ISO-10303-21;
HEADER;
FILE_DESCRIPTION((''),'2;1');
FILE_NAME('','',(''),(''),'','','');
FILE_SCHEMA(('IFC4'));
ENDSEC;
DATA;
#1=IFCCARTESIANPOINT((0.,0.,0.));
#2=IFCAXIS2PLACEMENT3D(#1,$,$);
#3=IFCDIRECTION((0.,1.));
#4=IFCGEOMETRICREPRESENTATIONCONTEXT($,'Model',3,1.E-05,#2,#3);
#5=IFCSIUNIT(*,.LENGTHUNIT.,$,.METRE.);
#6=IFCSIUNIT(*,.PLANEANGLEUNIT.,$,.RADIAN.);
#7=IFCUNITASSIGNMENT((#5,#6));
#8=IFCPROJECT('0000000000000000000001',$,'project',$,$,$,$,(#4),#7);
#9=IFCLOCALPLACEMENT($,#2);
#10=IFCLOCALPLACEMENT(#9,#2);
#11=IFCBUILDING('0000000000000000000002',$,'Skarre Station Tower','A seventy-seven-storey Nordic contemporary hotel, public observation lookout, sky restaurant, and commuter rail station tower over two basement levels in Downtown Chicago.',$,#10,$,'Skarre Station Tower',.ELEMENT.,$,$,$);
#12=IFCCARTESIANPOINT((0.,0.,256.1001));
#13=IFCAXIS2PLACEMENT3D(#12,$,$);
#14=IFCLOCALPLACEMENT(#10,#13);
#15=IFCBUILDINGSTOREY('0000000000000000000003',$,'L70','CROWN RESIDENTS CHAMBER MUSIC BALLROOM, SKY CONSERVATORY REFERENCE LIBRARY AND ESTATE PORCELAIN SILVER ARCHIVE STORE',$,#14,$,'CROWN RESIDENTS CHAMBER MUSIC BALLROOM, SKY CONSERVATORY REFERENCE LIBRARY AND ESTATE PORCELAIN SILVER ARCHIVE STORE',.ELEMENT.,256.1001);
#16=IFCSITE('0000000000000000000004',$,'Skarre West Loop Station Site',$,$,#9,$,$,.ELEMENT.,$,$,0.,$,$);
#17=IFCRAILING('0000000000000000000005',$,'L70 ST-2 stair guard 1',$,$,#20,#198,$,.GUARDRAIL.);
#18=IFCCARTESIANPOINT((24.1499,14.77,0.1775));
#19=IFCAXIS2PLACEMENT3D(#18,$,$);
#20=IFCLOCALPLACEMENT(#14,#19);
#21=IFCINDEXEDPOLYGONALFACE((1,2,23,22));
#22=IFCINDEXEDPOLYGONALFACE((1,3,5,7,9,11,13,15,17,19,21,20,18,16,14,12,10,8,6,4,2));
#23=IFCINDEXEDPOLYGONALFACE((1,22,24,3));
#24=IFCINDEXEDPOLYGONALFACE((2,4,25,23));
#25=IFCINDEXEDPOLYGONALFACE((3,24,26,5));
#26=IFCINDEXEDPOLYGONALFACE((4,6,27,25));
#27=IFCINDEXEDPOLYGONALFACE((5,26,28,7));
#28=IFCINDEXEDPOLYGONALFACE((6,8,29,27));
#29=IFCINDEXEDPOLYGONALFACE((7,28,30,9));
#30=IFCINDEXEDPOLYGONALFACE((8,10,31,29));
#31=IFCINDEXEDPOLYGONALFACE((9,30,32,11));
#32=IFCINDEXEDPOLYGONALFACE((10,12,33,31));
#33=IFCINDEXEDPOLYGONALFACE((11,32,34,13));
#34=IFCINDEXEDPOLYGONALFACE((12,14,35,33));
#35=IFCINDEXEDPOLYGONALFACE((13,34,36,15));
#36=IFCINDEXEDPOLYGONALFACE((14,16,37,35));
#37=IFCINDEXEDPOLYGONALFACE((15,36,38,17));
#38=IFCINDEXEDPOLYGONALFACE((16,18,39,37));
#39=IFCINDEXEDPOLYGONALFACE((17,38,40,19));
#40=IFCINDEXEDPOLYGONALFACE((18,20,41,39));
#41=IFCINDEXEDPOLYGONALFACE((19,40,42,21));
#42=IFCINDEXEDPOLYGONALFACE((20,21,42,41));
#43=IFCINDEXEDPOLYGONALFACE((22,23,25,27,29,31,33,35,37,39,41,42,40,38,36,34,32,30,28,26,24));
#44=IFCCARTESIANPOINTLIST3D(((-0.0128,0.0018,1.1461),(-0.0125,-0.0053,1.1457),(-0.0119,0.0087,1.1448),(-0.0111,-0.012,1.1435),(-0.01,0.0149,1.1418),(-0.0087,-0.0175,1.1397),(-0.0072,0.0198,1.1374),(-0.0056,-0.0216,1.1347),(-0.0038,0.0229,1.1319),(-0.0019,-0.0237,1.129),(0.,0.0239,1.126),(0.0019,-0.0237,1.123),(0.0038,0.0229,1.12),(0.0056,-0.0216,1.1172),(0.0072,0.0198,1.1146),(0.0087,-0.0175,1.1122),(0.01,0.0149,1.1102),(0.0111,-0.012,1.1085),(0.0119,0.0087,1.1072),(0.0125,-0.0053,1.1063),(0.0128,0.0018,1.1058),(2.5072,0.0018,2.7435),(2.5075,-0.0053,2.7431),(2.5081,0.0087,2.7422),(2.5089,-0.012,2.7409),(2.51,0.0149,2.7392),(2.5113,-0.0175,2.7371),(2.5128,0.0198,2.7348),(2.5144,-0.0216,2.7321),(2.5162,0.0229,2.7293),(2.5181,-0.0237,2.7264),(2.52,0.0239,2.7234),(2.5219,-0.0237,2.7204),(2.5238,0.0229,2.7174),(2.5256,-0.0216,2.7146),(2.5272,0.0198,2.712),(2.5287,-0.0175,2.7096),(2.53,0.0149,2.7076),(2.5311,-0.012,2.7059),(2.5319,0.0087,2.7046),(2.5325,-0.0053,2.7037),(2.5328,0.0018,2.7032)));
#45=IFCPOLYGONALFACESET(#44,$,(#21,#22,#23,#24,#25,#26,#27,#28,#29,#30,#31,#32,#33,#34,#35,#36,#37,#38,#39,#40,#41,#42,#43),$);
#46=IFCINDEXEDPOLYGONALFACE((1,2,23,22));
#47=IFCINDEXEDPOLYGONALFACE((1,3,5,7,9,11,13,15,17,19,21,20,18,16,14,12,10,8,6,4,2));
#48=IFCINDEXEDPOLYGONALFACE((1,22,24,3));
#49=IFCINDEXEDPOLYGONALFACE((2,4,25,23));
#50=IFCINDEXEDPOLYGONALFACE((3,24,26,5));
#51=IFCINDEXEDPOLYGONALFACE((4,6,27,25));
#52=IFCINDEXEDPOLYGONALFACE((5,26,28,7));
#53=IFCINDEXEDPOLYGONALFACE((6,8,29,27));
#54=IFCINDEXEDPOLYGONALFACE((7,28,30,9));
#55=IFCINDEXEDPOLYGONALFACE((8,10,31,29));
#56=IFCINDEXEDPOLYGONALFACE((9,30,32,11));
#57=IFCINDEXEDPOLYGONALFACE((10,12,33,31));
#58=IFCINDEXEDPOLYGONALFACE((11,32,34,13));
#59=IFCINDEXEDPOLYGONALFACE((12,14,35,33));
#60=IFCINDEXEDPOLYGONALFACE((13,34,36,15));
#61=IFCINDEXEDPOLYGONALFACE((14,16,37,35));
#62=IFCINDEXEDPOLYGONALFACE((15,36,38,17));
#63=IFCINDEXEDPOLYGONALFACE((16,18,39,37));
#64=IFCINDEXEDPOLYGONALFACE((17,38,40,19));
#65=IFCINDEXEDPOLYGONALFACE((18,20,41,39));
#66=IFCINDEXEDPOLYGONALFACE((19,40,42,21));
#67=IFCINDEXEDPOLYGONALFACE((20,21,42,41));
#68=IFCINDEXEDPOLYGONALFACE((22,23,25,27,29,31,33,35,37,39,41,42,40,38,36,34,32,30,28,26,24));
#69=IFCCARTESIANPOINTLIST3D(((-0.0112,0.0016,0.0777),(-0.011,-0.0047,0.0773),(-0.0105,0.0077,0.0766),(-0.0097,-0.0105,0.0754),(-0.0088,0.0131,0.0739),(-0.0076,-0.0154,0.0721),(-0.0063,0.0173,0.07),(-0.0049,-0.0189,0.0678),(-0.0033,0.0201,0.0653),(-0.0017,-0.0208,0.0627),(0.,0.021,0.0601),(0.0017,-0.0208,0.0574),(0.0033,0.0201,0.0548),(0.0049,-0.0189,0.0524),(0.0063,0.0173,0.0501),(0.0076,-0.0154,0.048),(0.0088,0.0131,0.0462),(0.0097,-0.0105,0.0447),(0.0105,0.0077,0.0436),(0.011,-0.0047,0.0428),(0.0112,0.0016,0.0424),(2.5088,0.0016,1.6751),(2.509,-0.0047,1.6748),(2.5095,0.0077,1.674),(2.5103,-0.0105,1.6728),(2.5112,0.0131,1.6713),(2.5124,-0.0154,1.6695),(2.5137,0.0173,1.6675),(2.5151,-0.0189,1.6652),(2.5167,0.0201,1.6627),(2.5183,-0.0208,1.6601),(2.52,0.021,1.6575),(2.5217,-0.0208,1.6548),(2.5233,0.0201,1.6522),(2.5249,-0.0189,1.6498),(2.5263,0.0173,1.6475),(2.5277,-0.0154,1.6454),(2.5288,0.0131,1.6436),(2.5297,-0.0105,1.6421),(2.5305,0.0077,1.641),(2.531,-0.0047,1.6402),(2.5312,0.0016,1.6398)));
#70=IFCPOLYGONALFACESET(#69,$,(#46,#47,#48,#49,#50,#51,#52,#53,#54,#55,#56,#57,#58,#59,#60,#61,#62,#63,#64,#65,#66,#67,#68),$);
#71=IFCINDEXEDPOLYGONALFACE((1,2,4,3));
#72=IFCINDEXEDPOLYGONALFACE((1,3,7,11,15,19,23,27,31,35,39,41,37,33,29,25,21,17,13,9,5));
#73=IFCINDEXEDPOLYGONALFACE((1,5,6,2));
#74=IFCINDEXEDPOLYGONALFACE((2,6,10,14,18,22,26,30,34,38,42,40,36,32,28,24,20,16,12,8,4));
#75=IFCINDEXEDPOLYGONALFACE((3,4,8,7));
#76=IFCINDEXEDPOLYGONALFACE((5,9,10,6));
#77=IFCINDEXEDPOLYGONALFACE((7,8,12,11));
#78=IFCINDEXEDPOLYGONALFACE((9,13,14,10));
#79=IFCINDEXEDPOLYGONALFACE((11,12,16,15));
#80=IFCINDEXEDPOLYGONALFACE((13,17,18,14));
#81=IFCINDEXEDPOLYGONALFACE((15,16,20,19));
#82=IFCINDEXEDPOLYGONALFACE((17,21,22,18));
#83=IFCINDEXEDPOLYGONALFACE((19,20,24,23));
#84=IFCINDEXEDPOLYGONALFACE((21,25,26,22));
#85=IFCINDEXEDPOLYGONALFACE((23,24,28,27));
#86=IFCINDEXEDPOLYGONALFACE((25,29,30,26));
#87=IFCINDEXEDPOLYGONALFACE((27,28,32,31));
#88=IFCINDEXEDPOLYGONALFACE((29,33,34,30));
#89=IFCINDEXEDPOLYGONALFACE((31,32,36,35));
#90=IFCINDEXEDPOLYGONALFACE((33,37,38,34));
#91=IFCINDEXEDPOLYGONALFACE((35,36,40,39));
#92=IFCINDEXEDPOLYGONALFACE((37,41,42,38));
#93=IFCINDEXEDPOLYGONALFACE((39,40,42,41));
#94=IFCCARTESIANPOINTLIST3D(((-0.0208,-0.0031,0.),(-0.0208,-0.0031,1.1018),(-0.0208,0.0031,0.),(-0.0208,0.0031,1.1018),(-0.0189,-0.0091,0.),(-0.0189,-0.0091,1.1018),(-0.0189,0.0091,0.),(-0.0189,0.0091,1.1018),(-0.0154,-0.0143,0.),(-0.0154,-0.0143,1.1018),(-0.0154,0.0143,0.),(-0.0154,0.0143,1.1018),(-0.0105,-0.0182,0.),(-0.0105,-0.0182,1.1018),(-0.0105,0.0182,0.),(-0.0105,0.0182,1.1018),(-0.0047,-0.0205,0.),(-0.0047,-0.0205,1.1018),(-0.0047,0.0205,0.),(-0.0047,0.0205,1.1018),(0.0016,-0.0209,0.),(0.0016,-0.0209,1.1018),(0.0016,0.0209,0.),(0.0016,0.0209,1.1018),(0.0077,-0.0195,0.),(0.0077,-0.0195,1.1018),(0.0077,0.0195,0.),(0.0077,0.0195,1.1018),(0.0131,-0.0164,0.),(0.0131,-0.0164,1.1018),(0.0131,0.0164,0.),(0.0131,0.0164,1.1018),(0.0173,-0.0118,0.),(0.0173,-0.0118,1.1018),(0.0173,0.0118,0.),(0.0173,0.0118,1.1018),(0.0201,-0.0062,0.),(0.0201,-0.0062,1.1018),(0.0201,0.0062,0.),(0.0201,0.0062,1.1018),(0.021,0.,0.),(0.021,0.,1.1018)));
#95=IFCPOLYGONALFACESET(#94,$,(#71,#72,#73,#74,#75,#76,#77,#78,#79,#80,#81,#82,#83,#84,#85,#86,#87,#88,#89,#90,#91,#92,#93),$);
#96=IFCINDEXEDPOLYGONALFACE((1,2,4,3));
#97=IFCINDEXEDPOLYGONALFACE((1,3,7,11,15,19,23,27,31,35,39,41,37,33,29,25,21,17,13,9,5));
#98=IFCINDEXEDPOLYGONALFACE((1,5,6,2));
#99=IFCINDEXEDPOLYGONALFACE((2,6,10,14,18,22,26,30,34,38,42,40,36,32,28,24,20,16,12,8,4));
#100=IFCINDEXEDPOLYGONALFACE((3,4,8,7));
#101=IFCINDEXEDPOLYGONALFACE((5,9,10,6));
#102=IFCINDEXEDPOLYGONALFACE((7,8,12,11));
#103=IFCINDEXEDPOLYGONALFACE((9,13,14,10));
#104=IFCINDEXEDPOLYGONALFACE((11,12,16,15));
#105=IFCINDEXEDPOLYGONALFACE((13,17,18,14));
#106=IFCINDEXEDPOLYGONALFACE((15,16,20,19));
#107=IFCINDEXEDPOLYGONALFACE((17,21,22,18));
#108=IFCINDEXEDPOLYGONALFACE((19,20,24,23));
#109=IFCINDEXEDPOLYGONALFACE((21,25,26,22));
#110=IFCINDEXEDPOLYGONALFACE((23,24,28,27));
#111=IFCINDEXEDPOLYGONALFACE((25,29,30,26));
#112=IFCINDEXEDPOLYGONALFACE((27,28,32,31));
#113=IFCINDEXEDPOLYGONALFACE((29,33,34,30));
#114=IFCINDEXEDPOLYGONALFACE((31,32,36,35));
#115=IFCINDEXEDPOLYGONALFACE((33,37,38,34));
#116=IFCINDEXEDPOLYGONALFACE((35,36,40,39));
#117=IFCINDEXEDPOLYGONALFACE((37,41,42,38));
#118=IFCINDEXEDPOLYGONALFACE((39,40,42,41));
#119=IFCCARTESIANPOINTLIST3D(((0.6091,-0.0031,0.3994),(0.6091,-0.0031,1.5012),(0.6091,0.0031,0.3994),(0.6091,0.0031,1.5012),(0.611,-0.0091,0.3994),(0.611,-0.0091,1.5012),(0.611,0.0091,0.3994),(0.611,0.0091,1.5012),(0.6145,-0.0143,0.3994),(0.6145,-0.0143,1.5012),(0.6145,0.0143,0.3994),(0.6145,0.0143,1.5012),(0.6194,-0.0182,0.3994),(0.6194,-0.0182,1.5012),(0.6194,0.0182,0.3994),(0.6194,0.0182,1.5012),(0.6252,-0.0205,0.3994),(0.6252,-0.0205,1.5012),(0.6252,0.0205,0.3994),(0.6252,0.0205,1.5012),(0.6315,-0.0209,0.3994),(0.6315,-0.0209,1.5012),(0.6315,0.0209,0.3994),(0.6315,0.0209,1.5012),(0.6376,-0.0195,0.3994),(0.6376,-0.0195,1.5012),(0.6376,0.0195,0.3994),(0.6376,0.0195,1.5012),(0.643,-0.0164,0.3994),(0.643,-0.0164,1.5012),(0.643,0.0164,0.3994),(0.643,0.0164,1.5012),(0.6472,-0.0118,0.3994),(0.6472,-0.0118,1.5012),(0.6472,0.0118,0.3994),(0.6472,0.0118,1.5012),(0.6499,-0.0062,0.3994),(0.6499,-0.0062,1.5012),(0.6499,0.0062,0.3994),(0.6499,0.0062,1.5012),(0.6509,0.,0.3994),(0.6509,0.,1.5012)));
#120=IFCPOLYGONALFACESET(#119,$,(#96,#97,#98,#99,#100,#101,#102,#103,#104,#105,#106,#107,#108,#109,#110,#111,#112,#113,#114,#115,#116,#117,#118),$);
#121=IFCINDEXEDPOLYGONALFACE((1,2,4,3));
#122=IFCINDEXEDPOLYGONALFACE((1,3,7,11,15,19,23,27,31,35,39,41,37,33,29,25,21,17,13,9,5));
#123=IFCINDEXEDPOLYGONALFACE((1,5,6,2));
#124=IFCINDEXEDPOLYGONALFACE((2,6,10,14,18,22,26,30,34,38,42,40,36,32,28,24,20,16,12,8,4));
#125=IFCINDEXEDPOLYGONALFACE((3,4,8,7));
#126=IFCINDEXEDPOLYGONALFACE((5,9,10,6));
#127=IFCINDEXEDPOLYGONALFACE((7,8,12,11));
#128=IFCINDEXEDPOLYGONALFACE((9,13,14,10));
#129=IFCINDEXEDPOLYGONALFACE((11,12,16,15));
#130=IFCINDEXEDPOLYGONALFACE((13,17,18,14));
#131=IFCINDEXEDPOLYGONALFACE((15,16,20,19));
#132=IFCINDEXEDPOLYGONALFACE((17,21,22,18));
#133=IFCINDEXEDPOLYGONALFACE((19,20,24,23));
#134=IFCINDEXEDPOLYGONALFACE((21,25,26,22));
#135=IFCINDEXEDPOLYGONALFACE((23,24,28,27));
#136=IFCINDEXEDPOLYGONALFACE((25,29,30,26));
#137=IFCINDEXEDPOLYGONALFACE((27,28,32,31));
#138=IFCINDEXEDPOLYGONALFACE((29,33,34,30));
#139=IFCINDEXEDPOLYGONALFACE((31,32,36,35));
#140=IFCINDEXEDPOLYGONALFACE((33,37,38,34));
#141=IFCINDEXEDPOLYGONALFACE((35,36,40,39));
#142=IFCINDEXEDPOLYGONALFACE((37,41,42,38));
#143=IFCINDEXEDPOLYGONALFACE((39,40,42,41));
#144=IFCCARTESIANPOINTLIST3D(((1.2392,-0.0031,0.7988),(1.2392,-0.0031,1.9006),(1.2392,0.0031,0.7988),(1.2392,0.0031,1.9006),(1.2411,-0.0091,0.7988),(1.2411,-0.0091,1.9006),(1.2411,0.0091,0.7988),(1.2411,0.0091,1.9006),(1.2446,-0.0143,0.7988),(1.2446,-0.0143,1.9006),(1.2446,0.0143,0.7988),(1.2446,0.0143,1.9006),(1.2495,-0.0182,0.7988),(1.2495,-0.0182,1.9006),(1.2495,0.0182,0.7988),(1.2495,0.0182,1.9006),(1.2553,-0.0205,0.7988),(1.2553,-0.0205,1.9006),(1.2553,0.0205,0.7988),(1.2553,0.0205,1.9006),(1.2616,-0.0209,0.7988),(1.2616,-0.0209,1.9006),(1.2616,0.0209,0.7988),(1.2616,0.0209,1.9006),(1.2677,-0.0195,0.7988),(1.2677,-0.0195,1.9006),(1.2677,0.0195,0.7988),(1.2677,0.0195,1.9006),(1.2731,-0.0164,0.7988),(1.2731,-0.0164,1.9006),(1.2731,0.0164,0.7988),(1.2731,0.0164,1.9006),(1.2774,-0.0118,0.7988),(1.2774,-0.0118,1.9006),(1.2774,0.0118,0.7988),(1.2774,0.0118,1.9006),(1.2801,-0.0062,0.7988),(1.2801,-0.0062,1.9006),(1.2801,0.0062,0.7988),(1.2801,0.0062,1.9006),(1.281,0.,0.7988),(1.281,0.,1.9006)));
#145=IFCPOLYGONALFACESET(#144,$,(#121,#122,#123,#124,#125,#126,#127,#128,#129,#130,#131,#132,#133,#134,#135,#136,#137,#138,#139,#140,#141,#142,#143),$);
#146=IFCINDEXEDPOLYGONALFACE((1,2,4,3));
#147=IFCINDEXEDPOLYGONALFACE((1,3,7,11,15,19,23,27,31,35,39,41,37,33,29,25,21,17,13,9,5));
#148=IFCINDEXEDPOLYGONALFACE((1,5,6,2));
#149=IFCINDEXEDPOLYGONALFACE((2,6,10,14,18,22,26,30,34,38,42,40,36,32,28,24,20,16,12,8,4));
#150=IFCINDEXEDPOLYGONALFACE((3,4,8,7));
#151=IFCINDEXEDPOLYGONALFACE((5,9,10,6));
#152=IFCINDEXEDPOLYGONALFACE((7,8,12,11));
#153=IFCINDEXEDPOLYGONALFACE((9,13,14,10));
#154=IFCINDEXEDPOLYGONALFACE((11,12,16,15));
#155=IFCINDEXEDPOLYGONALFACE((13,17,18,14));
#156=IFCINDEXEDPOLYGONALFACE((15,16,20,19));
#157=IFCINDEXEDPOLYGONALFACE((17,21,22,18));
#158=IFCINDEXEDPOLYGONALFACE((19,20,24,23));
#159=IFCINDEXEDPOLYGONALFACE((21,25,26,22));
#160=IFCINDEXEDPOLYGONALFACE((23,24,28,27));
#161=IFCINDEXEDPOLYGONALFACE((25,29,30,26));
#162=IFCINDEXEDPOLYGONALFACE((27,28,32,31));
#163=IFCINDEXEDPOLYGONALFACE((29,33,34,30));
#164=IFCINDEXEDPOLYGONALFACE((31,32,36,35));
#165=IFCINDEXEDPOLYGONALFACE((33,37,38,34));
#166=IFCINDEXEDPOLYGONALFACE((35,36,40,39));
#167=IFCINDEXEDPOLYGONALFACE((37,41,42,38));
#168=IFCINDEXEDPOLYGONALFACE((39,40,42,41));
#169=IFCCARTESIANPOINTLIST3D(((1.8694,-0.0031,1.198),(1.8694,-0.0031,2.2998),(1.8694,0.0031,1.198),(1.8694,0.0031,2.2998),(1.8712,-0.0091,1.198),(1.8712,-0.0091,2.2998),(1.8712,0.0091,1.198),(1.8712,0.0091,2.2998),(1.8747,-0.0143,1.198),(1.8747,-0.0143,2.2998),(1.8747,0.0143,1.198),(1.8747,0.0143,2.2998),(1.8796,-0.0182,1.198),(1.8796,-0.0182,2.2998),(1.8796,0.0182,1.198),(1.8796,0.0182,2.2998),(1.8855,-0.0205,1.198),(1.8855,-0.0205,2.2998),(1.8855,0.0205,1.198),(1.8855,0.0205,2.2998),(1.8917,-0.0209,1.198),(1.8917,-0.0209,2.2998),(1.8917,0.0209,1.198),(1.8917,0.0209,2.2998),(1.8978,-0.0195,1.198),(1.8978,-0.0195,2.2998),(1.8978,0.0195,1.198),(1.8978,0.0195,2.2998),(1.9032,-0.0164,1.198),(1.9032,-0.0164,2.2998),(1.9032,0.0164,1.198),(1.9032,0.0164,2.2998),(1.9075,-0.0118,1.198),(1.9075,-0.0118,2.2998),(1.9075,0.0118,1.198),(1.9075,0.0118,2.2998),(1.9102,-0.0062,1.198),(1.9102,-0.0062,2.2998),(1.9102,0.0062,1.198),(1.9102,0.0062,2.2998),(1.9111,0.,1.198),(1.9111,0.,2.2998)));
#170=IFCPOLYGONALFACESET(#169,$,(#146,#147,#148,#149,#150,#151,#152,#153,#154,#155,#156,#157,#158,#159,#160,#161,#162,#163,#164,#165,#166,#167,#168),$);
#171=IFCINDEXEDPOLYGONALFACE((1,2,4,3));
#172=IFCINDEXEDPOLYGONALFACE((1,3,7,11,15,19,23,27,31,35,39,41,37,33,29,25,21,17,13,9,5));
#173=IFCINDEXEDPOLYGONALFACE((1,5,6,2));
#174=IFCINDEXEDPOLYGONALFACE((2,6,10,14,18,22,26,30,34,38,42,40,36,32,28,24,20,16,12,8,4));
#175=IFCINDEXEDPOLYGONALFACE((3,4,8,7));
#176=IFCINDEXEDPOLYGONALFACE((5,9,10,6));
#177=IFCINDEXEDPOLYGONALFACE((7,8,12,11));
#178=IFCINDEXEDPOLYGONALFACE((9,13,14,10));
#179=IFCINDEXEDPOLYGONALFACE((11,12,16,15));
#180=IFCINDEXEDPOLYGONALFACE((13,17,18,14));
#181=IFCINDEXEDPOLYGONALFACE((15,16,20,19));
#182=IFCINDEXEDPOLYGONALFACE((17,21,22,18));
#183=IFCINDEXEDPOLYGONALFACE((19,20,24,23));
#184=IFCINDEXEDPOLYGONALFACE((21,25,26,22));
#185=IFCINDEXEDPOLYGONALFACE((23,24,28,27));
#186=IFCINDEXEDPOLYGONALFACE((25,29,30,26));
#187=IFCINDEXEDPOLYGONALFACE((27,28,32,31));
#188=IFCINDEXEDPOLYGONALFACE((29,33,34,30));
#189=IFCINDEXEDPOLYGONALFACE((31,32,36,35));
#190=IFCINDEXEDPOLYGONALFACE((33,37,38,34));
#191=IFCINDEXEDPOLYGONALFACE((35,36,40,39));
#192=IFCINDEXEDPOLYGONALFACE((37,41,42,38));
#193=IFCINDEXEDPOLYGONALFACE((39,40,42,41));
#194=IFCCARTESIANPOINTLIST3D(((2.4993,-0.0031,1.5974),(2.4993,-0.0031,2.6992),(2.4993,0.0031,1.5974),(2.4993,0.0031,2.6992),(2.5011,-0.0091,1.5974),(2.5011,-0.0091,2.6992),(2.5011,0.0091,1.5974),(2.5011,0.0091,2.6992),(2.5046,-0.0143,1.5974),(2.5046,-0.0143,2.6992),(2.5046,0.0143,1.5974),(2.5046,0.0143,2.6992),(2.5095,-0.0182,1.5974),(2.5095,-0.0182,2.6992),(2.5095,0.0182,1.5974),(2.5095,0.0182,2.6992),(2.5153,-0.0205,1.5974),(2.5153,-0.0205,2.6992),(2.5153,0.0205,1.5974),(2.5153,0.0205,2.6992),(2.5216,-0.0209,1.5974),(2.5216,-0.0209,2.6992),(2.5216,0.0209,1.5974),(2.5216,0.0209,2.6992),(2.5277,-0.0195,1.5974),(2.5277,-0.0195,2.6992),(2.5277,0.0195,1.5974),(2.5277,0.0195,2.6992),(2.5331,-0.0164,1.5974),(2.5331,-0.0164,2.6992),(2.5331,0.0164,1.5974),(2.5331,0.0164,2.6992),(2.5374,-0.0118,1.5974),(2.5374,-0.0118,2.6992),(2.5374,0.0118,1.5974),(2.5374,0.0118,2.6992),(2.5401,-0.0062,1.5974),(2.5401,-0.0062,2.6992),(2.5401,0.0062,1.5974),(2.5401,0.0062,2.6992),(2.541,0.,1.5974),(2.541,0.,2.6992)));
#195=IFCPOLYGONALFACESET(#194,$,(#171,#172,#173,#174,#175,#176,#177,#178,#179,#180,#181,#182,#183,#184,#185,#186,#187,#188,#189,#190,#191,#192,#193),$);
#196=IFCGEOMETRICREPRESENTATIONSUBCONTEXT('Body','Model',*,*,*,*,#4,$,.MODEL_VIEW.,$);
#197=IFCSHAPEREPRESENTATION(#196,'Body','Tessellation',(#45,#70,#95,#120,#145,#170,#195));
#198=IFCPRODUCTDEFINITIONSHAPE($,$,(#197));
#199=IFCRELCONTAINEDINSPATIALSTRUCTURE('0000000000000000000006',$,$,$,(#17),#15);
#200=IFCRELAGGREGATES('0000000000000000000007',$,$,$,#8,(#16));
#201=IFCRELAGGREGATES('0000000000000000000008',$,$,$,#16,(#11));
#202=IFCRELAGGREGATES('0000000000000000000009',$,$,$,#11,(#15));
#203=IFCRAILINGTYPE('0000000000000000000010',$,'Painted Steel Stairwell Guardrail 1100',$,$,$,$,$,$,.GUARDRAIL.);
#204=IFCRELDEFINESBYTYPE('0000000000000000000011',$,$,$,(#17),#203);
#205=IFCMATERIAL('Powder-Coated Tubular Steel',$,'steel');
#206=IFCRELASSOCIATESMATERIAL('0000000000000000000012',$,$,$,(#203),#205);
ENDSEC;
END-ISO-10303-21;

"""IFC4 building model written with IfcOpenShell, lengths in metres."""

from ifc_helpers import new_model, si_unit, direction, frame, origin, origin_2d, place, context, subcontext, project, spatial, circle, extrude, material, type_object, element, save


model = new_model("IFC4")

# Units and contexts
model_context = context("Model", 3, precision=1e-05, world=origin(), true_north=direction((0.0, 1.0)))
body_context = subcontext(model_context, "Body", "Model", "MODEL_VIEW")
ifc_project = project(units=[si_unit("LENGTHUNIT", "METRE"), si_unit("PLANEANGLEUNIT", "RADIAN")], contexts=[model_context])

# Site, building, storey
site_placement = place(None, origin())
site = spatial("IfcSite", under=ifc_project, at=site_placement, Name="Skarre West Loop Station Site", CompositionType="ELEMENT", RefElevation=0.0)
building_placement = place(site_placement, origin())
building = spatial("IfcBuilding", under=site, at=building_placement, Name="Skarre Station Tower", Description="A seventy-seven-storey Nordic contemporary hotel, public observation lookout, sky restaurant, and commuter rail station tower over two basement levels in Downtown Chicago.", LongName="Skarre Station Tower", CompositionType="ELEMENT")
storey_placement = place(building_placement, frame((0.0, 0.0, 256.1001)))
storey = spatial("IfcBuildingStorey", under=building, at=storey_placement, Name="L70", Description="CROWN RESIDENTS CHAMBER MUSIC BALLROOM, SKY CONSERVATORY REFERENCE LIBRARY AND ESTATE PORCELAIN SILVER ARCHIVE STORE", LongName="CROWN RESIDENTS CHAMBER MUSIC BALLROOM, SKY CONSERVATORY REFERENCE LIBRARY AND ESTATE PORCELAIN SILVER ARCHIVE STORE", CompositionType="ELEMENT", Elevation=256.1001)

# Railing
ifc_material_1 = material(Name="Powder-Coated Tubular Steel", Category="steel")
railing_type_1 = type_object("IfcRailingType", Name="Painted Steel Stairwell Guardrail 1100", PredefinedType="GUARDRAIL", material=ifc_material_1)
railing_1_placement = place(storey_placement, frame((24.1499, 14.77, 0.1775)))
element("IfcRailing", 1, at=railing_1_placement, inside=storey, type_object=railing_type_1, Name="L70 ST-2 stair guard 1", PredefinedType="GUARDRAIL", context=body_context, shape_type="SweptSolid", body=[
    extrude(circle(Radius=0.0239, at=origin_2d()), frame((0.0, 0.0, 1.126), z_axis=(0.844607, 0.0, 0.535387), x_axis=(0.0, 1.0, 0.0)), (0.0, 0.0, 1.0), 2.9836),
    extrude(circle(Radius=0.021, at=origin_2d()), frame((0.0, 0.0, 0.0601), z_axis=(0.844607, 0.0, 0.535387), x_axis=(0.0, 1.0, 0.0)), (0.0, 0.0, 1.0), 2.9836),
    extrude(circle(Radius=0.021, at=origin_2d()), origin(), (0.0, 0.0, 1.0), 1.1018),
    extrude(circle(Radius=0.021, at=origin_2d()), frame((0.6299, 0.0, 0.3994)), (0.0, 0.0, 1.0), 1.1018),
    extrude(circle(Radius=0.021, at=origin_2d()), frame((1.26, 0.0, 0.7988)), (0.0, 0.0, 1.0), 1.1018),
    extrude(circle(Radius=0.021, at=origin_2d()), frame((1.8901, 0.0, 1.198)), (0.0, 0.0, 1.0), 1.1018),
    extrude(circle(Radius=0.021, at=origin_2d()), frame((2.52, 0.0, 1.5974)), (0.0, 0.0, 1.0), 1.1018),
])

save(model, "model.ifc")
